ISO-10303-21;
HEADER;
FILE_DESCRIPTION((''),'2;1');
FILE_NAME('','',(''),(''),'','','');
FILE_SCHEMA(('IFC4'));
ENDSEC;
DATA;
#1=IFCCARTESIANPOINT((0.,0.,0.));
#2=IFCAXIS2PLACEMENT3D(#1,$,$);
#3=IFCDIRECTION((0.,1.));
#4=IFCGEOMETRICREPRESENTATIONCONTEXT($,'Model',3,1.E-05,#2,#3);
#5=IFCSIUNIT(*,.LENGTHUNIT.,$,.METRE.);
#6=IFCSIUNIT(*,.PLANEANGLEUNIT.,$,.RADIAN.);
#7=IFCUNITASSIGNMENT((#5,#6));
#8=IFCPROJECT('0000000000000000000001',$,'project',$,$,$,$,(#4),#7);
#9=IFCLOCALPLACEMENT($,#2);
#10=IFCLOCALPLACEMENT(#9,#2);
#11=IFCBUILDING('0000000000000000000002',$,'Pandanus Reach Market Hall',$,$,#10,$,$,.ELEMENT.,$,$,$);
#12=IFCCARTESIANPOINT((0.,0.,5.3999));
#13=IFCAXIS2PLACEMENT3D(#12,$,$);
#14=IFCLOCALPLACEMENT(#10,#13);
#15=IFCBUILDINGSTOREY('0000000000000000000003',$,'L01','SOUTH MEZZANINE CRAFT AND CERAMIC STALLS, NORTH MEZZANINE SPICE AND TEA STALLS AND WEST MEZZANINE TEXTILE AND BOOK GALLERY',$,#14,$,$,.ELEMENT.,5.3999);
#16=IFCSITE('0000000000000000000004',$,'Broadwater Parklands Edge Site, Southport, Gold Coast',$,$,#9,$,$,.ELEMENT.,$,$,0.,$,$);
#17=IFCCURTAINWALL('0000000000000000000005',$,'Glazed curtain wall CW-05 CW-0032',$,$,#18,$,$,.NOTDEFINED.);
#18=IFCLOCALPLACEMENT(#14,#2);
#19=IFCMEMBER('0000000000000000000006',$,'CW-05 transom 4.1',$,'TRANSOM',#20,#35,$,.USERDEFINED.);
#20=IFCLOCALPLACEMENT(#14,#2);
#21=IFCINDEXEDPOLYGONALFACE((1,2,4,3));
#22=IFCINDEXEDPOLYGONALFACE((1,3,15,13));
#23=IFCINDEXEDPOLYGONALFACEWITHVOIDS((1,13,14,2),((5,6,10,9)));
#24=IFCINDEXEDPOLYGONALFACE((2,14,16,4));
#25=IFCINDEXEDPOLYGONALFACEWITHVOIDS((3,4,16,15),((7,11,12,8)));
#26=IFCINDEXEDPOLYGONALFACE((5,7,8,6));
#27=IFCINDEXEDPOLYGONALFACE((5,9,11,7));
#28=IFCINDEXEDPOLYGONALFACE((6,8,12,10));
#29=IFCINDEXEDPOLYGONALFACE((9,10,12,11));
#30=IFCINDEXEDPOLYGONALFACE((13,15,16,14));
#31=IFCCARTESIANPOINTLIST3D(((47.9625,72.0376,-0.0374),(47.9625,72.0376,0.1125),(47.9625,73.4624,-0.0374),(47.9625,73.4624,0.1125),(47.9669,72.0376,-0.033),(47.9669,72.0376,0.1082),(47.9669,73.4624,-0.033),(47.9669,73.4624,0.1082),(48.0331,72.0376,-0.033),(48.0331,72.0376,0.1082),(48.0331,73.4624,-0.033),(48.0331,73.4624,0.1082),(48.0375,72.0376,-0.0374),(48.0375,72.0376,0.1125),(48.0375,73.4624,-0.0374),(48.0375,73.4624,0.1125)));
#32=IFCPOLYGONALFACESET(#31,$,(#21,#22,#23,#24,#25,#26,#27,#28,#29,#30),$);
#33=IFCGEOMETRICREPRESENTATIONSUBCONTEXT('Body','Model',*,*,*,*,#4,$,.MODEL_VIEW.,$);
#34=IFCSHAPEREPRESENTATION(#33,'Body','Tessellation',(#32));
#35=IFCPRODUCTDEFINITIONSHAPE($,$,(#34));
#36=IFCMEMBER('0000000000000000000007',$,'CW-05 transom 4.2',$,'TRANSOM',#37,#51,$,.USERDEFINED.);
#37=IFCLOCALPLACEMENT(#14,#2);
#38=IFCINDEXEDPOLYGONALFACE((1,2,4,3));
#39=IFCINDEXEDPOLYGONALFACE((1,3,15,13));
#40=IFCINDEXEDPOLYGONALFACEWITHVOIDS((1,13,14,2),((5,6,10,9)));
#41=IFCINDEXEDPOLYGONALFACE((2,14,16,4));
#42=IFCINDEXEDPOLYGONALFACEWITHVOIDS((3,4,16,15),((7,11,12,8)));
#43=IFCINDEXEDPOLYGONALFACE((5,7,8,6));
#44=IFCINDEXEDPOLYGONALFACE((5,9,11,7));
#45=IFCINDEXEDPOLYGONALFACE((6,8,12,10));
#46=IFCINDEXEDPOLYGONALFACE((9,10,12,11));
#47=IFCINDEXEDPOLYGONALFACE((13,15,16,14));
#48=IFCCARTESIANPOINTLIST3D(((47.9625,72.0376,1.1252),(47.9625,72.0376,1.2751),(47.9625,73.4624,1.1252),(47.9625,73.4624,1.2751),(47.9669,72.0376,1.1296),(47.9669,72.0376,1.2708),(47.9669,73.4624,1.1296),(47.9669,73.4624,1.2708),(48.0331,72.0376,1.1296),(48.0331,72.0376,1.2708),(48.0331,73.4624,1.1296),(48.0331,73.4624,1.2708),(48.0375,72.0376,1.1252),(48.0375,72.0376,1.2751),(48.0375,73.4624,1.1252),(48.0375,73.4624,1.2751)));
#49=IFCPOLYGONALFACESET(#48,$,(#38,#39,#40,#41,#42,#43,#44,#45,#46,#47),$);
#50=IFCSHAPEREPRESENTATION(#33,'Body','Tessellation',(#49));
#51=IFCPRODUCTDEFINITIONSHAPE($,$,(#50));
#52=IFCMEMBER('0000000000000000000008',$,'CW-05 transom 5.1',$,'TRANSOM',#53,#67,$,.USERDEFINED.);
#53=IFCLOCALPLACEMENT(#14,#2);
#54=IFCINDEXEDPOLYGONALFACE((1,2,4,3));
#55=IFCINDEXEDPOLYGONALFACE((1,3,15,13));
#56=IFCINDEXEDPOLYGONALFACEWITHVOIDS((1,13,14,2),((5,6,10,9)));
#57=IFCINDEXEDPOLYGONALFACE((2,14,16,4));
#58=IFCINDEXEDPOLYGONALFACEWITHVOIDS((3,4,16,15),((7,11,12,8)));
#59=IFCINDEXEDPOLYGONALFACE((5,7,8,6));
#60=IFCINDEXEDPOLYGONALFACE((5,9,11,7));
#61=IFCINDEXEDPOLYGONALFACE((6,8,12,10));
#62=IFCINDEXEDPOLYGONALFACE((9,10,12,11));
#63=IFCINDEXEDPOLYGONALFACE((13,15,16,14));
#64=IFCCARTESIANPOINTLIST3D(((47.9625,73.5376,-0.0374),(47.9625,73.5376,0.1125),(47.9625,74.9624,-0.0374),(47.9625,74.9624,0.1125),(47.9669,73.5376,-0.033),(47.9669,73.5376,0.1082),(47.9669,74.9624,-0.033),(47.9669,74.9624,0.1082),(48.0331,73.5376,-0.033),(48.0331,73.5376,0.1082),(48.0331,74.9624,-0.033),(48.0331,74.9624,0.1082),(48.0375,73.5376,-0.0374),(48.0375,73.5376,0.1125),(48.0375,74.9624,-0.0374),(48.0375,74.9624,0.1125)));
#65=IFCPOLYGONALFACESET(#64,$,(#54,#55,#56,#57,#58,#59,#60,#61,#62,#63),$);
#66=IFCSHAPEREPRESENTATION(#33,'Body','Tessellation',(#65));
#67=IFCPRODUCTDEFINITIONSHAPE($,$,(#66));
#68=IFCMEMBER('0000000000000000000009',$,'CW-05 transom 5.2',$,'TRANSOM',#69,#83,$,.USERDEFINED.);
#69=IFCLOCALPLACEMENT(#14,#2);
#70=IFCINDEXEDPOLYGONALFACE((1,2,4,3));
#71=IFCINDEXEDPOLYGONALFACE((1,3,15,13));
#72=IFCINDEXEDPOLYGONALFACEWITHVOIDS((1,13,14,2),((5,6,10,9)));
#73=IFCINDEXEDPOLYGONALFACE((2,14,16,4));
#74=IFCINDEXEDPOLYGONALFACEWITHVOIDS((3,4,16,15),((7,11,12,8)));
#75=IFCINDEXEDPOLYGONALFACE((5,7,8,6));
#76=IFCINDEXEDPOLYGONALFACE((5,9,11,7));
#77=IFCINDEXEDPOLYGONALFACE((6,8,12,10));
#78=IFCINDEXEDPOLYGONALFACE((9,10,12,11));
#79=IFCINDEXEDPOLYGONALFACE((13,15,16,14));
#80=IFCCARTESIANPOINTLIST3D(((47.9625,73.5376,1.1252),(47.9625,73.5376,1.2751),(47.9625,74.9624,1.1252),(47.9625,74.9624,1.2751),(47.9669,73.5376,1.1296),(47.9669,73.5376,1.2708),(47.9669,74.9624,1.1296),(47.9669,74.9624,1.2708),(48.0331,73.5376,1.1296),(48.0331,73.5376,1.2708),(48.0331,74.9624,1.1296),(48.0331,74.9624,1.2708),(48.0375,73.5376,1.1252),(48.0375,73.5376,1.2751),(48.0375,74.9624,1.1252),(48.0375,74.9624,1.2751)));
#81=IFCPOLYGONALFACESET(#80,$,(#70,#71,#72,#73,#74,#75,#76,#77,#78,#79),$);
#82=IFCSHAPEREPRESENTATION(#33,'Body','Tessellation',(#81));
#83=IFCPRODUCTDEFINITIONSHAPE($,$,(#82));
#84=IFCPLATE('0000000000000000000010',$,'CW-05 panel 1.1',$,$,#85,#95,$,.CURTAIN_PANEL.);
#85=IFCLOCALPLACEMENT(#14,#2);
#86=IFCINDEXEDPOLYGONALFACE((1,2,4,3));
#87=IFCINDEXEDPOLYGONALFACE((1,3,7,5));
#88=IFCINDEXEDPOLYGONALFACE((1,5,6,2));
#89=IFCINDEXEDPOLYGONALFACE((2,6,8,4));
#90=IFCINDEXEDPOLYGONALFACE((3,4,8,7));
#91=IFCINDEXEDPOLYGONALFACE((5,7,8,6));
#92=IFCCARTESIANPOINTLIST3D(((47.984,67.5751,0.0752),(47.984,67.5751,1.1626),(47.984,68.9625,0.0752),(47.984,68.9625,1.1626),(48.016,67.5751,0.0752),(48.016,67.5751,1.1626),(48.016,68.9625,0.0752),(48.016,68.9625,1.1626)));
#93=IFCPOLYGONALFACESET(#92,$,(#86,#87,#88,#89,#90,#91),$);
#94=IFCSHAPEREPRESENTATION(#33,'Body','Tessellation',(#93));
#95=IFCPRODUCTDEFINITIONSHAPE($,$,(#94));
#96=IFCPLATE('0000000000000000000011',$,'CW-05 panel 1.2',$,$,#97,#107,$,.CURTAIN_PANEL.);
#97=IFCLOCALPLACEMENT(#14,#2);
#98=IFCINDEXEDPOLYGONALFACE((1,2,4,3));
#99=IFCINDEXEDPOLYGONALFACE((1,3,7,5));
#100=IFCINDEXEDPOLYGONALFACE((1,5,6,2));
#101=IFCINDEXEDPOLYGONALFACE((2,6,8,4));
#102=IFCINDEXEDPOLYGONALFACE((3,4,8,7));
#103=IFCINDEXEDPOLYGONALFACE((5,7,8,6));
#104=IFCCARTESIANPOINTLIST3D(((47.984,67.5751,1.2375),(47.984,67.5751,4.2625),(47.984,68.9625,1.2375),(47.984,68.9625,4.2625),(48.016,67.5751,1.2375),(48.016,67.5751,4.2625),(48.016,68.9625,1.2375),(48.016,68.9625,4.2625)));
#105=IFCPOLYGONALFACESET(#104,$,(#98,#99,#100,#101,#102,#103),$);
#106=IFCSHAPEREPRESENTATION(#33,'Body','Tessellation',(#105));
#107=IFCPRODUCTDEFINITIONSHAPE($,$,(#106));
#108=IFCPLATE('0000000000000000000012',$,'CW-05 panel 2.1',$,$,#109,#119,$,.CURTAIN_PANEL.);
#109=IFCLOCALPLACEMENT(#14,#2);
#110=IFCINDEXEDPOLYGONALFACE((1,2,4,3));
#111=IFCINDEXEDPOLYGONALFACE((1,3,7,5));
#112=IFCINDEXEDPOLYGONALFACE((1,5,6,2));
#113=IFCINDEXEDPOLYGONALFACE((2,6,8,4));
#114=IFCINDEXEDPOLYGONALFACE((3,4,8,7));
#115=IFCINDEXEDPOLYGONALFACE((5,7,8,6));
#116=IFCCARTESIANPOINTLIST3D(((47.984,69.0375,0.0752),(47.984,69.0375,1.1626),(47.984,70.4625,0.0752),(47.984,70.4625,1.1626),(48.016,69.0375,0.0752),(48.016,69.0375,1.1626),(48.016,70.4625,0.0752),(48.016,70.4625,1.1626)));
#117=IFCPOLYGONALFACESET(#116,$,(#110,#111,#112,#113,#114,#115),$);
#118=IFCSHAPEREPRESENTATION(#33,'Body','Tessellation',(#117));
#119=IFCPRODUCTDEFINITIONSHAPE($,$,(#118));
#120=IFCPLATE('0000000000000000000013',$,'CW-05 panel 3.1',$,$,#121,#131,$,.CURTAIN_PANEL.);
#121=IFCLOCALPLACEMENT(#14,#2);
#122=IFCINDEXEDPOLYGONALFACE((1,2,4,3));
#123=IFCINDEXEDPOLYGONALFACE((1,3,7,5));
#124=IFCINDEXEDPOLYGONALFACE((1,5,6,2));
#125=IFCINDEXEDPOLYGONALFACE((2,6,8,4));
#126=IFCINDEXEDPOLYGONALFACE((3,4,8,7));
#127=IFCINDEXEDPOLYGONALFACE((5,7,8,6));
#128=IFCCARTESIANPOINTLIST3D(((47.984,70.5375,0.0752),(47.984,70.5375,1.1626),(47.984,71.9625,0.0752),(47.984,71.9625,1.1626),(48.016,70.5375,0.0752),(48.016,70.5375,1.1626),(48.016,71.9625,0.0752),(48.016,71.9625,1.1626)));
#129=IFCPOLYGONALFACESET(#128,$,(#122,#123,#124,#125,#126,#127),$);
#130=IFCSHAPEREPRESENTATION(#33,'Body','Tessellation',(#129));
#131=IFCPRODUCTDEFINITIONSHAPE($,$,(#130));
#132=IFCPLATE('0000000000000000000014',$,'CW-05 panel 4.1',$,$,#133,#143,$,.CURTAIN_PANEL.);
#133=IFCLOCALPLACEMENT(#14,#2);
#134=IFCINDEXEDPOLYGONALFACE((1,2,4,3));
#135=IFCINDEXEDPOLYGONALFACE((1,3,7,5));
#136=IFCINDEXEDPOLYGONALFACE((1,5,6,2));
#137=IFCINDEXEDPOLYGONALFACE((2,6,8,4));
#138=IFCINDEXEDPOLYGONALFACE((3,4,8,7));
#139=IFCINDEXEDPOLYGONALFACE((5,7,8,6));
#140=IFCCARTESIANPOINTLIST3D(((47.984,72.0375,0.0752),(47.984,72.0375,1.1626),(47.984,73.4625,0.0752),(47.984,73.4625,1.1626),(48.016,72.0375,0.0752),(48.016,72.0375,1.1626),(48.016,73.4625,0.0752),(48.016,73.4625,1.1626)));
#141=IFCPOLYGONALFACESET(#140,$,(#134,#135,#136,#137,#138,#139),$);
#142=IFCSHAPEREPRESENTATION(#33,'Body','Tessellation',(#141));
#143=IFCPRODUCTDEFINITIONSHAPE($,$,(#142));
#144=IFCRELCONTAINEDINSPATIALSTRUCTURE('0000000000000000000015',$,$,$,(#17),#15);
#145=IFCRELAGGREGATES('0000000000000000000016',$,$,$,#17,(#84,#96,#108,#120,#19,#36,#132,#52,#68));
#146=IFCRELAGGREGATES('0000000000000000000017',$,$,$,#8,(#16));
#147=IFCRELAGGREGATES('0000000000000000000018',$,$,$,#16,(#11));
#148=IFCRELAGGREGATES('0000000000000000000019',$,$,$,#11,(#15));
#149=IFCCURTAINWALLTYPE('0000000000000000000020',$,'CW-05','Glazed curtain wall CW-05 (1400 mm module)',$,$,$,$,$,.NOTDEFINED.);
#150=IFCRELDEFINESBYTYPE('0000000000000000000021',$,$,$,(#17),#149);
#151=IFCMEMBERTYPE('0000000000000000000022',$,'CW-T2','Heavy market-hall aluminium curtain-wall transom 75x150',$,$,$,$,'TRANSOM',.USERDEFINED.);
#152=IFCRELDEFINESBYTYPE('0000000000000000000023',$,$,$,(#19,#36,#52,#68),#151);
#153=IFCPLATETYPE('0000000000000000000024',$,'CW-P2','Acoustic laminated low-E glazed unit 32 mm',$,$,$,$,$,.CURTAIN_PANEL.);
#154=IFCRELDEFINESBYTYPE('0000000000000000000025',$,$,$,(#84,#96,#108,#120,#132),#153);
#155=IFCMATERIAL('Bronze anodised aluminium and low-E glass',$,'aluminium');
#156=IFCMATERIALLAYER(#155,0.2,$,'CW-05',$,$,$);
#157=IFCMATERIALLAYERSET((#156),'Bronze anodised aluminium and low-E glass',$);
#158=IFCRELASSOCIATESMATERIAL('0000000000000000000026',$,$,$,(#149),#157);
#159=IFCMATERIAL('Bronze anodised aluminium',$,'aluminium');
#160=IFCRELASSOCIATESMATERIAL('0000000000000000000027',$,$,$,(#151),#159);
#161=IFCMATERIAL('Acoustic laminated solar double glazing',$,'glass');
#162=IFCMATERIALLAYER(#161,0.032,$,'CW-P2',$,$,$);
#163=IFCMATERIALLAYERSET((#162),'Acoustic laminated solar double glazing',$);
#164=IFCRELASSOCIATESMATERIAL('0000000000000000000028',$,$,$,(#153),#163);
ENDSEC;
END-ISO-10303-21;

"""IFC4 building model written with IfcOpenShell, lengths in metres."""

from ifc_helpers import new_model, si_unit, direction, frame, origin, origin_2d, place, context, subcontext, project, spatial, rectangle, hollow_rectangle, extrude, material, layer, layer_set, material_profile, profile_set, type_object, element, aggregate, save


model = new_model("IFC4")

# Units and contexts
model_context = context("Model", 3, precision=1e-05, world=origin(), true_north=direction((0.0, 1.0)))
body_context = subcontext(model_context, "Body", "Model", "MODEL_VIEW")
ifc_project = project(units=[si_unit("LENGTHUNIT", "METRE"), si_unit("PLANEANGLEUNIT", "RADIAN")], contexts=[model_context])

# Site, building, storey
site_placement = place(None, origin())
site = spatial("IfcSite", under=ifc_project, at=site_placement, Name="Broadwater Parklands Edge Site, Southport, Gold Coast", CompositionType="ELEMENT", RefElevation=0.0)
building_placement = place(site_placement, origin())
building = spatial("IfcBuilding", under=site, at=building_placement, Name="Pandanus Reach Market Hall", CompositionType="ELEMENT")
storey_placement = place(building_placement, frame((0.0, 0.0, 5.3999)))
storey = spatial("IfcBuildingStorey", under=building, at=storey_placement, Name="L01", Description="SOUTH MEZZANINE CRAFT AND CERAMIC STALLS, NORTH MEZZANINE SPICE AND TEA STALLS AND WEST MEZZANINE TEXTILE AND BOOK GALLERY", CompositionType="ELEMENT", Elevation=5.3999)

# Curtain wall, members, plates
ifc_material_1 = material(Name="Bronze anodised aluminium and low-E glass", Category="aluminium")
ifc_layer_1 = layer(ifc_material_1, 0.2, Name="CW-05")
ifc_layer_set_1 = layer_set([ifc_layer_1], Name="Bronze anodised aluminium and low-E glass")
curtain_wall_type = type_object("IfcCurtainWallType", Name="CW-05", Description="Glazed curtain wall CW-05 (1400 mm module)", PredefinedType="NOTDEFINED", material=ifc_layer_set_1)
curtain_wall_placement = place(storey_placement, origin())
curtain_wall = element("IfcCurtainWall", 1, at=curtain_wall_placement, inside=storey, type_object=curtain_wall_type, Name="Glazed curtain wall CW-05 CW-0032", PredefinedType="NOTDEFINED")
ifc_material_2 = material(Name="Bronze anodised aluminium", Category="aluminium")
ifc_material_profile_1 = material_profile(ifc_material_2, hollow_rectangle(XDim=0.075, YDim=0.1499, WallThickness=0.0044, at=origin_2d()), Name="ALU75x150", Category="LoadBearing")
ifc_profile_set_1 = profile_set([ifc_material_profile_1], Name="Bronze anodised aluminium")
member_type_1 = type_object("IfcMemberType", Name="CW-T2", Description="Heavy market-hall aluminium curtain-wall transom 75x150", ElementType="TRANSOM", PredefinedType="USERDEFINED", material=ifc_profile_set_1)
member_1_placement = place(storey_placement, frame((48.0, 72.0376, 0.0376), z_axis=(0.0, 1.0, 0.0), x_axis=(-1.0, 0.0, 0.0)))
member_1 = element("IfcMember", 2, at=member_1_placement, type_object=member_type_1, Name="CW-05 transom 4.1", ObjectType="TRANSOM", PredefinedType="USERDEFINED", context=body_context, shape_type="SweptSolid", body=[
    extrude(hollow_rectangle(XDim=0.075, YDim=0.1499, WallThickness=0.0044, at=origin_2d()), origin(), (0.0, 0.0, 1.0), 1.4248),
])
member_2_placement = place(storey_placement, frame((48.0, 72.0376, 1.2002), z_axis=(0.0, 1.0, 0.0), x_axis=(-1.0, 0.0, 0.0)))
member_2 = element("IfcMember", 3, at=member_2_placement, type_object=member_type_1, Name="CW-05 transom 4.2", ObjectType="TRANSOM", PredefinedType="USERDEFINED", context=body_context, shape_type="SweptSolid", body=[
    extrude(hollow_rectangle(XDim=0.075, YDim=0.1499, WallThickness=0.0044, at=origin_2d()), origin(), (0.0, 0.0, 1.0), 1.4248),
])
member_3_placement = place(storey_placement, frame((48.0, 73.5376, 0.0376), z_axis=(0.0, 1.0, 0.0), x_axis=(-1.0, 0.0, 0.0)))
member_3 = element("IfcMember", 4, at=member_3_placement, type_object=member_type_1, Name="CW-05 transom 5.1", ObjectType="TRANSOM", PredefinedType="USERDEFINED", context=body_context, shape_type="SweptSolid", body=[
    extrude(hollow_rectangle(XDim=0.075, YDim=0.1499, WallThickness=0.0044, at=origin_2d()), origin(), (0.0, 0.0, 1.0), 1.4248),
])
member_4_placement = place(storey_placement, frame((48.0, 73.5376, 1.2002), z_axis=(0.0, 1.0, 0.0), x_axis=(-1.0, 0.0, 0.0)))
member_4 = element("IfcMember", 5, at=member_4_placement, type_object=member_type_1, Name="CW-05 transom 5.2", ObjectType="TRANSOM", PredefinedType="USERDEFINED", context=body_context, shape_type="SweptSolid", body=[
    extrude(hollow_rectangle(XDim=0.075, YDim=0.1499, WallThickness=0.0044, at=origin_2d()), origin(), (0.0, 0.0, 1.0), 1.4248),
])
ifc_material_3 = material(Name="Acoustic laminated solar double glazing", Category="glass")
ifc_layer_2 = layer(ifc_material_3, 0.032, Name="CW-P2")
ifc_layer_set_2 = layer_set([ifc_layer_2], Name="Acoustic laminated solar double glazing")
plate_type = type_object("IfcPlateType", Name="CW-P2", Description="Acoustic laminated low-E glazed unit 32 mm", PredefinedType="CURTAIN_PANEL", material=ifc_layer_set_2)
plate_1_placement = place(storey_placement, frame((48.0, 68.2688, 0.0752), z_axis=(0.0, 0.0, 1.0), x_axis=(0.0, 1.0, 0.0)))
plate_1 = element("IfcPlate", 6, at=plate_1_placement, type_object=plate_type, Name="CW-05 panel 1.1", PredefinedType="CURTAIN_PANEL", context=body_context, shape_type="SweptSolid", body=[
    extrude(rectangle(XDim=1.3875, YDim=0.032, at=origin_2d()), origin(), (0.0, 0.0, 1.0), 1.0874),
])
plate_2_placement = place(storey_placement, frame((48.0, 68.2688, 1.2375), z_axis=(0.0, 0.0, 1.0), x_axis=(0.0, 1.0, 0.0)))
plate_2 = element("IfcPlate", 7, at=plate_2_placement, type_object=plate_type, Name="CW-05 panel 1.2", PredefinedType="CURTAIN_PANEL", context=body_context, shape_type="SweptSolid", body=[
    extrude(rectangle(XDim=1.3875, YDim=0.032, at=origin_2d()), origin(), (0.0, 0.0, 1.0), 3.0249),
])
plate_3_placement = place(storey_placement, frame((48.0, 69.75, 0.0752), z_axis=(0.0, 0.0, 1.0), x_axis=(0.0, 1.0, 0.0)))
plate_3 = element("IfcPlate", 8, at=plate_3_placement, type_object=plate_type, Name="CW-05 panel 2.1", PredefinedType="CURTAIN_PANEL", context=body_context, shape_type="SweptSolid", body=[
    extrude(rectangle(XDim=1.425, YDim=0.032, at=origin_2d()), origin(), (0.0, 0.0, 1.0), 1.0874),
])
plate_4_placement = place(storey_placement, frame((48.0, 71.25, 0.0752), z_axis=(0.0, 0.0, 1.0), x_axis=(0.0, 1.0, 0.0)))
plate_4 = element("IfcPlate", 9, at=plate_4_placement, type_object=plate_type, Name="CW-05 panel 3.1", PredefinedType="CURTAIN_PANEL", context=body_context, shape_type="SweptSolid", body=[
    extrude(rectangle(XDim=1.425, YDim=0.032, at=origin_2d()), origin(), (0.0, 0.0, 1.0), 1.0874),
])
plate_5_placement = place(storey_placement, frame((48.0, 72.75, 0.0752), z_axis=(0.0, 0.0, 1.0), x_axis=(0.0, 1.0, 0.0)))
plate_5 = element("IfcPlate", 10, at=plate_5_placement, type_object=plate_type, Name="CW-05 panel 4.1", PredefinedType="CURTAIN_PANEL", context=body_context, shape_type="SweptSolid", body=[
    extrude(rectangle(XDim=1.425, YDim=0.032, at=origin_2d()), origin(), (0.0, 0.0, 1.0), 1.0874),
])
aggregate(curtain_wall, [plate_1, plate_2, plate_3, plate_4, member_1, member_2, plate_5, member_3, member_4])

save(model, "model.ifc")
